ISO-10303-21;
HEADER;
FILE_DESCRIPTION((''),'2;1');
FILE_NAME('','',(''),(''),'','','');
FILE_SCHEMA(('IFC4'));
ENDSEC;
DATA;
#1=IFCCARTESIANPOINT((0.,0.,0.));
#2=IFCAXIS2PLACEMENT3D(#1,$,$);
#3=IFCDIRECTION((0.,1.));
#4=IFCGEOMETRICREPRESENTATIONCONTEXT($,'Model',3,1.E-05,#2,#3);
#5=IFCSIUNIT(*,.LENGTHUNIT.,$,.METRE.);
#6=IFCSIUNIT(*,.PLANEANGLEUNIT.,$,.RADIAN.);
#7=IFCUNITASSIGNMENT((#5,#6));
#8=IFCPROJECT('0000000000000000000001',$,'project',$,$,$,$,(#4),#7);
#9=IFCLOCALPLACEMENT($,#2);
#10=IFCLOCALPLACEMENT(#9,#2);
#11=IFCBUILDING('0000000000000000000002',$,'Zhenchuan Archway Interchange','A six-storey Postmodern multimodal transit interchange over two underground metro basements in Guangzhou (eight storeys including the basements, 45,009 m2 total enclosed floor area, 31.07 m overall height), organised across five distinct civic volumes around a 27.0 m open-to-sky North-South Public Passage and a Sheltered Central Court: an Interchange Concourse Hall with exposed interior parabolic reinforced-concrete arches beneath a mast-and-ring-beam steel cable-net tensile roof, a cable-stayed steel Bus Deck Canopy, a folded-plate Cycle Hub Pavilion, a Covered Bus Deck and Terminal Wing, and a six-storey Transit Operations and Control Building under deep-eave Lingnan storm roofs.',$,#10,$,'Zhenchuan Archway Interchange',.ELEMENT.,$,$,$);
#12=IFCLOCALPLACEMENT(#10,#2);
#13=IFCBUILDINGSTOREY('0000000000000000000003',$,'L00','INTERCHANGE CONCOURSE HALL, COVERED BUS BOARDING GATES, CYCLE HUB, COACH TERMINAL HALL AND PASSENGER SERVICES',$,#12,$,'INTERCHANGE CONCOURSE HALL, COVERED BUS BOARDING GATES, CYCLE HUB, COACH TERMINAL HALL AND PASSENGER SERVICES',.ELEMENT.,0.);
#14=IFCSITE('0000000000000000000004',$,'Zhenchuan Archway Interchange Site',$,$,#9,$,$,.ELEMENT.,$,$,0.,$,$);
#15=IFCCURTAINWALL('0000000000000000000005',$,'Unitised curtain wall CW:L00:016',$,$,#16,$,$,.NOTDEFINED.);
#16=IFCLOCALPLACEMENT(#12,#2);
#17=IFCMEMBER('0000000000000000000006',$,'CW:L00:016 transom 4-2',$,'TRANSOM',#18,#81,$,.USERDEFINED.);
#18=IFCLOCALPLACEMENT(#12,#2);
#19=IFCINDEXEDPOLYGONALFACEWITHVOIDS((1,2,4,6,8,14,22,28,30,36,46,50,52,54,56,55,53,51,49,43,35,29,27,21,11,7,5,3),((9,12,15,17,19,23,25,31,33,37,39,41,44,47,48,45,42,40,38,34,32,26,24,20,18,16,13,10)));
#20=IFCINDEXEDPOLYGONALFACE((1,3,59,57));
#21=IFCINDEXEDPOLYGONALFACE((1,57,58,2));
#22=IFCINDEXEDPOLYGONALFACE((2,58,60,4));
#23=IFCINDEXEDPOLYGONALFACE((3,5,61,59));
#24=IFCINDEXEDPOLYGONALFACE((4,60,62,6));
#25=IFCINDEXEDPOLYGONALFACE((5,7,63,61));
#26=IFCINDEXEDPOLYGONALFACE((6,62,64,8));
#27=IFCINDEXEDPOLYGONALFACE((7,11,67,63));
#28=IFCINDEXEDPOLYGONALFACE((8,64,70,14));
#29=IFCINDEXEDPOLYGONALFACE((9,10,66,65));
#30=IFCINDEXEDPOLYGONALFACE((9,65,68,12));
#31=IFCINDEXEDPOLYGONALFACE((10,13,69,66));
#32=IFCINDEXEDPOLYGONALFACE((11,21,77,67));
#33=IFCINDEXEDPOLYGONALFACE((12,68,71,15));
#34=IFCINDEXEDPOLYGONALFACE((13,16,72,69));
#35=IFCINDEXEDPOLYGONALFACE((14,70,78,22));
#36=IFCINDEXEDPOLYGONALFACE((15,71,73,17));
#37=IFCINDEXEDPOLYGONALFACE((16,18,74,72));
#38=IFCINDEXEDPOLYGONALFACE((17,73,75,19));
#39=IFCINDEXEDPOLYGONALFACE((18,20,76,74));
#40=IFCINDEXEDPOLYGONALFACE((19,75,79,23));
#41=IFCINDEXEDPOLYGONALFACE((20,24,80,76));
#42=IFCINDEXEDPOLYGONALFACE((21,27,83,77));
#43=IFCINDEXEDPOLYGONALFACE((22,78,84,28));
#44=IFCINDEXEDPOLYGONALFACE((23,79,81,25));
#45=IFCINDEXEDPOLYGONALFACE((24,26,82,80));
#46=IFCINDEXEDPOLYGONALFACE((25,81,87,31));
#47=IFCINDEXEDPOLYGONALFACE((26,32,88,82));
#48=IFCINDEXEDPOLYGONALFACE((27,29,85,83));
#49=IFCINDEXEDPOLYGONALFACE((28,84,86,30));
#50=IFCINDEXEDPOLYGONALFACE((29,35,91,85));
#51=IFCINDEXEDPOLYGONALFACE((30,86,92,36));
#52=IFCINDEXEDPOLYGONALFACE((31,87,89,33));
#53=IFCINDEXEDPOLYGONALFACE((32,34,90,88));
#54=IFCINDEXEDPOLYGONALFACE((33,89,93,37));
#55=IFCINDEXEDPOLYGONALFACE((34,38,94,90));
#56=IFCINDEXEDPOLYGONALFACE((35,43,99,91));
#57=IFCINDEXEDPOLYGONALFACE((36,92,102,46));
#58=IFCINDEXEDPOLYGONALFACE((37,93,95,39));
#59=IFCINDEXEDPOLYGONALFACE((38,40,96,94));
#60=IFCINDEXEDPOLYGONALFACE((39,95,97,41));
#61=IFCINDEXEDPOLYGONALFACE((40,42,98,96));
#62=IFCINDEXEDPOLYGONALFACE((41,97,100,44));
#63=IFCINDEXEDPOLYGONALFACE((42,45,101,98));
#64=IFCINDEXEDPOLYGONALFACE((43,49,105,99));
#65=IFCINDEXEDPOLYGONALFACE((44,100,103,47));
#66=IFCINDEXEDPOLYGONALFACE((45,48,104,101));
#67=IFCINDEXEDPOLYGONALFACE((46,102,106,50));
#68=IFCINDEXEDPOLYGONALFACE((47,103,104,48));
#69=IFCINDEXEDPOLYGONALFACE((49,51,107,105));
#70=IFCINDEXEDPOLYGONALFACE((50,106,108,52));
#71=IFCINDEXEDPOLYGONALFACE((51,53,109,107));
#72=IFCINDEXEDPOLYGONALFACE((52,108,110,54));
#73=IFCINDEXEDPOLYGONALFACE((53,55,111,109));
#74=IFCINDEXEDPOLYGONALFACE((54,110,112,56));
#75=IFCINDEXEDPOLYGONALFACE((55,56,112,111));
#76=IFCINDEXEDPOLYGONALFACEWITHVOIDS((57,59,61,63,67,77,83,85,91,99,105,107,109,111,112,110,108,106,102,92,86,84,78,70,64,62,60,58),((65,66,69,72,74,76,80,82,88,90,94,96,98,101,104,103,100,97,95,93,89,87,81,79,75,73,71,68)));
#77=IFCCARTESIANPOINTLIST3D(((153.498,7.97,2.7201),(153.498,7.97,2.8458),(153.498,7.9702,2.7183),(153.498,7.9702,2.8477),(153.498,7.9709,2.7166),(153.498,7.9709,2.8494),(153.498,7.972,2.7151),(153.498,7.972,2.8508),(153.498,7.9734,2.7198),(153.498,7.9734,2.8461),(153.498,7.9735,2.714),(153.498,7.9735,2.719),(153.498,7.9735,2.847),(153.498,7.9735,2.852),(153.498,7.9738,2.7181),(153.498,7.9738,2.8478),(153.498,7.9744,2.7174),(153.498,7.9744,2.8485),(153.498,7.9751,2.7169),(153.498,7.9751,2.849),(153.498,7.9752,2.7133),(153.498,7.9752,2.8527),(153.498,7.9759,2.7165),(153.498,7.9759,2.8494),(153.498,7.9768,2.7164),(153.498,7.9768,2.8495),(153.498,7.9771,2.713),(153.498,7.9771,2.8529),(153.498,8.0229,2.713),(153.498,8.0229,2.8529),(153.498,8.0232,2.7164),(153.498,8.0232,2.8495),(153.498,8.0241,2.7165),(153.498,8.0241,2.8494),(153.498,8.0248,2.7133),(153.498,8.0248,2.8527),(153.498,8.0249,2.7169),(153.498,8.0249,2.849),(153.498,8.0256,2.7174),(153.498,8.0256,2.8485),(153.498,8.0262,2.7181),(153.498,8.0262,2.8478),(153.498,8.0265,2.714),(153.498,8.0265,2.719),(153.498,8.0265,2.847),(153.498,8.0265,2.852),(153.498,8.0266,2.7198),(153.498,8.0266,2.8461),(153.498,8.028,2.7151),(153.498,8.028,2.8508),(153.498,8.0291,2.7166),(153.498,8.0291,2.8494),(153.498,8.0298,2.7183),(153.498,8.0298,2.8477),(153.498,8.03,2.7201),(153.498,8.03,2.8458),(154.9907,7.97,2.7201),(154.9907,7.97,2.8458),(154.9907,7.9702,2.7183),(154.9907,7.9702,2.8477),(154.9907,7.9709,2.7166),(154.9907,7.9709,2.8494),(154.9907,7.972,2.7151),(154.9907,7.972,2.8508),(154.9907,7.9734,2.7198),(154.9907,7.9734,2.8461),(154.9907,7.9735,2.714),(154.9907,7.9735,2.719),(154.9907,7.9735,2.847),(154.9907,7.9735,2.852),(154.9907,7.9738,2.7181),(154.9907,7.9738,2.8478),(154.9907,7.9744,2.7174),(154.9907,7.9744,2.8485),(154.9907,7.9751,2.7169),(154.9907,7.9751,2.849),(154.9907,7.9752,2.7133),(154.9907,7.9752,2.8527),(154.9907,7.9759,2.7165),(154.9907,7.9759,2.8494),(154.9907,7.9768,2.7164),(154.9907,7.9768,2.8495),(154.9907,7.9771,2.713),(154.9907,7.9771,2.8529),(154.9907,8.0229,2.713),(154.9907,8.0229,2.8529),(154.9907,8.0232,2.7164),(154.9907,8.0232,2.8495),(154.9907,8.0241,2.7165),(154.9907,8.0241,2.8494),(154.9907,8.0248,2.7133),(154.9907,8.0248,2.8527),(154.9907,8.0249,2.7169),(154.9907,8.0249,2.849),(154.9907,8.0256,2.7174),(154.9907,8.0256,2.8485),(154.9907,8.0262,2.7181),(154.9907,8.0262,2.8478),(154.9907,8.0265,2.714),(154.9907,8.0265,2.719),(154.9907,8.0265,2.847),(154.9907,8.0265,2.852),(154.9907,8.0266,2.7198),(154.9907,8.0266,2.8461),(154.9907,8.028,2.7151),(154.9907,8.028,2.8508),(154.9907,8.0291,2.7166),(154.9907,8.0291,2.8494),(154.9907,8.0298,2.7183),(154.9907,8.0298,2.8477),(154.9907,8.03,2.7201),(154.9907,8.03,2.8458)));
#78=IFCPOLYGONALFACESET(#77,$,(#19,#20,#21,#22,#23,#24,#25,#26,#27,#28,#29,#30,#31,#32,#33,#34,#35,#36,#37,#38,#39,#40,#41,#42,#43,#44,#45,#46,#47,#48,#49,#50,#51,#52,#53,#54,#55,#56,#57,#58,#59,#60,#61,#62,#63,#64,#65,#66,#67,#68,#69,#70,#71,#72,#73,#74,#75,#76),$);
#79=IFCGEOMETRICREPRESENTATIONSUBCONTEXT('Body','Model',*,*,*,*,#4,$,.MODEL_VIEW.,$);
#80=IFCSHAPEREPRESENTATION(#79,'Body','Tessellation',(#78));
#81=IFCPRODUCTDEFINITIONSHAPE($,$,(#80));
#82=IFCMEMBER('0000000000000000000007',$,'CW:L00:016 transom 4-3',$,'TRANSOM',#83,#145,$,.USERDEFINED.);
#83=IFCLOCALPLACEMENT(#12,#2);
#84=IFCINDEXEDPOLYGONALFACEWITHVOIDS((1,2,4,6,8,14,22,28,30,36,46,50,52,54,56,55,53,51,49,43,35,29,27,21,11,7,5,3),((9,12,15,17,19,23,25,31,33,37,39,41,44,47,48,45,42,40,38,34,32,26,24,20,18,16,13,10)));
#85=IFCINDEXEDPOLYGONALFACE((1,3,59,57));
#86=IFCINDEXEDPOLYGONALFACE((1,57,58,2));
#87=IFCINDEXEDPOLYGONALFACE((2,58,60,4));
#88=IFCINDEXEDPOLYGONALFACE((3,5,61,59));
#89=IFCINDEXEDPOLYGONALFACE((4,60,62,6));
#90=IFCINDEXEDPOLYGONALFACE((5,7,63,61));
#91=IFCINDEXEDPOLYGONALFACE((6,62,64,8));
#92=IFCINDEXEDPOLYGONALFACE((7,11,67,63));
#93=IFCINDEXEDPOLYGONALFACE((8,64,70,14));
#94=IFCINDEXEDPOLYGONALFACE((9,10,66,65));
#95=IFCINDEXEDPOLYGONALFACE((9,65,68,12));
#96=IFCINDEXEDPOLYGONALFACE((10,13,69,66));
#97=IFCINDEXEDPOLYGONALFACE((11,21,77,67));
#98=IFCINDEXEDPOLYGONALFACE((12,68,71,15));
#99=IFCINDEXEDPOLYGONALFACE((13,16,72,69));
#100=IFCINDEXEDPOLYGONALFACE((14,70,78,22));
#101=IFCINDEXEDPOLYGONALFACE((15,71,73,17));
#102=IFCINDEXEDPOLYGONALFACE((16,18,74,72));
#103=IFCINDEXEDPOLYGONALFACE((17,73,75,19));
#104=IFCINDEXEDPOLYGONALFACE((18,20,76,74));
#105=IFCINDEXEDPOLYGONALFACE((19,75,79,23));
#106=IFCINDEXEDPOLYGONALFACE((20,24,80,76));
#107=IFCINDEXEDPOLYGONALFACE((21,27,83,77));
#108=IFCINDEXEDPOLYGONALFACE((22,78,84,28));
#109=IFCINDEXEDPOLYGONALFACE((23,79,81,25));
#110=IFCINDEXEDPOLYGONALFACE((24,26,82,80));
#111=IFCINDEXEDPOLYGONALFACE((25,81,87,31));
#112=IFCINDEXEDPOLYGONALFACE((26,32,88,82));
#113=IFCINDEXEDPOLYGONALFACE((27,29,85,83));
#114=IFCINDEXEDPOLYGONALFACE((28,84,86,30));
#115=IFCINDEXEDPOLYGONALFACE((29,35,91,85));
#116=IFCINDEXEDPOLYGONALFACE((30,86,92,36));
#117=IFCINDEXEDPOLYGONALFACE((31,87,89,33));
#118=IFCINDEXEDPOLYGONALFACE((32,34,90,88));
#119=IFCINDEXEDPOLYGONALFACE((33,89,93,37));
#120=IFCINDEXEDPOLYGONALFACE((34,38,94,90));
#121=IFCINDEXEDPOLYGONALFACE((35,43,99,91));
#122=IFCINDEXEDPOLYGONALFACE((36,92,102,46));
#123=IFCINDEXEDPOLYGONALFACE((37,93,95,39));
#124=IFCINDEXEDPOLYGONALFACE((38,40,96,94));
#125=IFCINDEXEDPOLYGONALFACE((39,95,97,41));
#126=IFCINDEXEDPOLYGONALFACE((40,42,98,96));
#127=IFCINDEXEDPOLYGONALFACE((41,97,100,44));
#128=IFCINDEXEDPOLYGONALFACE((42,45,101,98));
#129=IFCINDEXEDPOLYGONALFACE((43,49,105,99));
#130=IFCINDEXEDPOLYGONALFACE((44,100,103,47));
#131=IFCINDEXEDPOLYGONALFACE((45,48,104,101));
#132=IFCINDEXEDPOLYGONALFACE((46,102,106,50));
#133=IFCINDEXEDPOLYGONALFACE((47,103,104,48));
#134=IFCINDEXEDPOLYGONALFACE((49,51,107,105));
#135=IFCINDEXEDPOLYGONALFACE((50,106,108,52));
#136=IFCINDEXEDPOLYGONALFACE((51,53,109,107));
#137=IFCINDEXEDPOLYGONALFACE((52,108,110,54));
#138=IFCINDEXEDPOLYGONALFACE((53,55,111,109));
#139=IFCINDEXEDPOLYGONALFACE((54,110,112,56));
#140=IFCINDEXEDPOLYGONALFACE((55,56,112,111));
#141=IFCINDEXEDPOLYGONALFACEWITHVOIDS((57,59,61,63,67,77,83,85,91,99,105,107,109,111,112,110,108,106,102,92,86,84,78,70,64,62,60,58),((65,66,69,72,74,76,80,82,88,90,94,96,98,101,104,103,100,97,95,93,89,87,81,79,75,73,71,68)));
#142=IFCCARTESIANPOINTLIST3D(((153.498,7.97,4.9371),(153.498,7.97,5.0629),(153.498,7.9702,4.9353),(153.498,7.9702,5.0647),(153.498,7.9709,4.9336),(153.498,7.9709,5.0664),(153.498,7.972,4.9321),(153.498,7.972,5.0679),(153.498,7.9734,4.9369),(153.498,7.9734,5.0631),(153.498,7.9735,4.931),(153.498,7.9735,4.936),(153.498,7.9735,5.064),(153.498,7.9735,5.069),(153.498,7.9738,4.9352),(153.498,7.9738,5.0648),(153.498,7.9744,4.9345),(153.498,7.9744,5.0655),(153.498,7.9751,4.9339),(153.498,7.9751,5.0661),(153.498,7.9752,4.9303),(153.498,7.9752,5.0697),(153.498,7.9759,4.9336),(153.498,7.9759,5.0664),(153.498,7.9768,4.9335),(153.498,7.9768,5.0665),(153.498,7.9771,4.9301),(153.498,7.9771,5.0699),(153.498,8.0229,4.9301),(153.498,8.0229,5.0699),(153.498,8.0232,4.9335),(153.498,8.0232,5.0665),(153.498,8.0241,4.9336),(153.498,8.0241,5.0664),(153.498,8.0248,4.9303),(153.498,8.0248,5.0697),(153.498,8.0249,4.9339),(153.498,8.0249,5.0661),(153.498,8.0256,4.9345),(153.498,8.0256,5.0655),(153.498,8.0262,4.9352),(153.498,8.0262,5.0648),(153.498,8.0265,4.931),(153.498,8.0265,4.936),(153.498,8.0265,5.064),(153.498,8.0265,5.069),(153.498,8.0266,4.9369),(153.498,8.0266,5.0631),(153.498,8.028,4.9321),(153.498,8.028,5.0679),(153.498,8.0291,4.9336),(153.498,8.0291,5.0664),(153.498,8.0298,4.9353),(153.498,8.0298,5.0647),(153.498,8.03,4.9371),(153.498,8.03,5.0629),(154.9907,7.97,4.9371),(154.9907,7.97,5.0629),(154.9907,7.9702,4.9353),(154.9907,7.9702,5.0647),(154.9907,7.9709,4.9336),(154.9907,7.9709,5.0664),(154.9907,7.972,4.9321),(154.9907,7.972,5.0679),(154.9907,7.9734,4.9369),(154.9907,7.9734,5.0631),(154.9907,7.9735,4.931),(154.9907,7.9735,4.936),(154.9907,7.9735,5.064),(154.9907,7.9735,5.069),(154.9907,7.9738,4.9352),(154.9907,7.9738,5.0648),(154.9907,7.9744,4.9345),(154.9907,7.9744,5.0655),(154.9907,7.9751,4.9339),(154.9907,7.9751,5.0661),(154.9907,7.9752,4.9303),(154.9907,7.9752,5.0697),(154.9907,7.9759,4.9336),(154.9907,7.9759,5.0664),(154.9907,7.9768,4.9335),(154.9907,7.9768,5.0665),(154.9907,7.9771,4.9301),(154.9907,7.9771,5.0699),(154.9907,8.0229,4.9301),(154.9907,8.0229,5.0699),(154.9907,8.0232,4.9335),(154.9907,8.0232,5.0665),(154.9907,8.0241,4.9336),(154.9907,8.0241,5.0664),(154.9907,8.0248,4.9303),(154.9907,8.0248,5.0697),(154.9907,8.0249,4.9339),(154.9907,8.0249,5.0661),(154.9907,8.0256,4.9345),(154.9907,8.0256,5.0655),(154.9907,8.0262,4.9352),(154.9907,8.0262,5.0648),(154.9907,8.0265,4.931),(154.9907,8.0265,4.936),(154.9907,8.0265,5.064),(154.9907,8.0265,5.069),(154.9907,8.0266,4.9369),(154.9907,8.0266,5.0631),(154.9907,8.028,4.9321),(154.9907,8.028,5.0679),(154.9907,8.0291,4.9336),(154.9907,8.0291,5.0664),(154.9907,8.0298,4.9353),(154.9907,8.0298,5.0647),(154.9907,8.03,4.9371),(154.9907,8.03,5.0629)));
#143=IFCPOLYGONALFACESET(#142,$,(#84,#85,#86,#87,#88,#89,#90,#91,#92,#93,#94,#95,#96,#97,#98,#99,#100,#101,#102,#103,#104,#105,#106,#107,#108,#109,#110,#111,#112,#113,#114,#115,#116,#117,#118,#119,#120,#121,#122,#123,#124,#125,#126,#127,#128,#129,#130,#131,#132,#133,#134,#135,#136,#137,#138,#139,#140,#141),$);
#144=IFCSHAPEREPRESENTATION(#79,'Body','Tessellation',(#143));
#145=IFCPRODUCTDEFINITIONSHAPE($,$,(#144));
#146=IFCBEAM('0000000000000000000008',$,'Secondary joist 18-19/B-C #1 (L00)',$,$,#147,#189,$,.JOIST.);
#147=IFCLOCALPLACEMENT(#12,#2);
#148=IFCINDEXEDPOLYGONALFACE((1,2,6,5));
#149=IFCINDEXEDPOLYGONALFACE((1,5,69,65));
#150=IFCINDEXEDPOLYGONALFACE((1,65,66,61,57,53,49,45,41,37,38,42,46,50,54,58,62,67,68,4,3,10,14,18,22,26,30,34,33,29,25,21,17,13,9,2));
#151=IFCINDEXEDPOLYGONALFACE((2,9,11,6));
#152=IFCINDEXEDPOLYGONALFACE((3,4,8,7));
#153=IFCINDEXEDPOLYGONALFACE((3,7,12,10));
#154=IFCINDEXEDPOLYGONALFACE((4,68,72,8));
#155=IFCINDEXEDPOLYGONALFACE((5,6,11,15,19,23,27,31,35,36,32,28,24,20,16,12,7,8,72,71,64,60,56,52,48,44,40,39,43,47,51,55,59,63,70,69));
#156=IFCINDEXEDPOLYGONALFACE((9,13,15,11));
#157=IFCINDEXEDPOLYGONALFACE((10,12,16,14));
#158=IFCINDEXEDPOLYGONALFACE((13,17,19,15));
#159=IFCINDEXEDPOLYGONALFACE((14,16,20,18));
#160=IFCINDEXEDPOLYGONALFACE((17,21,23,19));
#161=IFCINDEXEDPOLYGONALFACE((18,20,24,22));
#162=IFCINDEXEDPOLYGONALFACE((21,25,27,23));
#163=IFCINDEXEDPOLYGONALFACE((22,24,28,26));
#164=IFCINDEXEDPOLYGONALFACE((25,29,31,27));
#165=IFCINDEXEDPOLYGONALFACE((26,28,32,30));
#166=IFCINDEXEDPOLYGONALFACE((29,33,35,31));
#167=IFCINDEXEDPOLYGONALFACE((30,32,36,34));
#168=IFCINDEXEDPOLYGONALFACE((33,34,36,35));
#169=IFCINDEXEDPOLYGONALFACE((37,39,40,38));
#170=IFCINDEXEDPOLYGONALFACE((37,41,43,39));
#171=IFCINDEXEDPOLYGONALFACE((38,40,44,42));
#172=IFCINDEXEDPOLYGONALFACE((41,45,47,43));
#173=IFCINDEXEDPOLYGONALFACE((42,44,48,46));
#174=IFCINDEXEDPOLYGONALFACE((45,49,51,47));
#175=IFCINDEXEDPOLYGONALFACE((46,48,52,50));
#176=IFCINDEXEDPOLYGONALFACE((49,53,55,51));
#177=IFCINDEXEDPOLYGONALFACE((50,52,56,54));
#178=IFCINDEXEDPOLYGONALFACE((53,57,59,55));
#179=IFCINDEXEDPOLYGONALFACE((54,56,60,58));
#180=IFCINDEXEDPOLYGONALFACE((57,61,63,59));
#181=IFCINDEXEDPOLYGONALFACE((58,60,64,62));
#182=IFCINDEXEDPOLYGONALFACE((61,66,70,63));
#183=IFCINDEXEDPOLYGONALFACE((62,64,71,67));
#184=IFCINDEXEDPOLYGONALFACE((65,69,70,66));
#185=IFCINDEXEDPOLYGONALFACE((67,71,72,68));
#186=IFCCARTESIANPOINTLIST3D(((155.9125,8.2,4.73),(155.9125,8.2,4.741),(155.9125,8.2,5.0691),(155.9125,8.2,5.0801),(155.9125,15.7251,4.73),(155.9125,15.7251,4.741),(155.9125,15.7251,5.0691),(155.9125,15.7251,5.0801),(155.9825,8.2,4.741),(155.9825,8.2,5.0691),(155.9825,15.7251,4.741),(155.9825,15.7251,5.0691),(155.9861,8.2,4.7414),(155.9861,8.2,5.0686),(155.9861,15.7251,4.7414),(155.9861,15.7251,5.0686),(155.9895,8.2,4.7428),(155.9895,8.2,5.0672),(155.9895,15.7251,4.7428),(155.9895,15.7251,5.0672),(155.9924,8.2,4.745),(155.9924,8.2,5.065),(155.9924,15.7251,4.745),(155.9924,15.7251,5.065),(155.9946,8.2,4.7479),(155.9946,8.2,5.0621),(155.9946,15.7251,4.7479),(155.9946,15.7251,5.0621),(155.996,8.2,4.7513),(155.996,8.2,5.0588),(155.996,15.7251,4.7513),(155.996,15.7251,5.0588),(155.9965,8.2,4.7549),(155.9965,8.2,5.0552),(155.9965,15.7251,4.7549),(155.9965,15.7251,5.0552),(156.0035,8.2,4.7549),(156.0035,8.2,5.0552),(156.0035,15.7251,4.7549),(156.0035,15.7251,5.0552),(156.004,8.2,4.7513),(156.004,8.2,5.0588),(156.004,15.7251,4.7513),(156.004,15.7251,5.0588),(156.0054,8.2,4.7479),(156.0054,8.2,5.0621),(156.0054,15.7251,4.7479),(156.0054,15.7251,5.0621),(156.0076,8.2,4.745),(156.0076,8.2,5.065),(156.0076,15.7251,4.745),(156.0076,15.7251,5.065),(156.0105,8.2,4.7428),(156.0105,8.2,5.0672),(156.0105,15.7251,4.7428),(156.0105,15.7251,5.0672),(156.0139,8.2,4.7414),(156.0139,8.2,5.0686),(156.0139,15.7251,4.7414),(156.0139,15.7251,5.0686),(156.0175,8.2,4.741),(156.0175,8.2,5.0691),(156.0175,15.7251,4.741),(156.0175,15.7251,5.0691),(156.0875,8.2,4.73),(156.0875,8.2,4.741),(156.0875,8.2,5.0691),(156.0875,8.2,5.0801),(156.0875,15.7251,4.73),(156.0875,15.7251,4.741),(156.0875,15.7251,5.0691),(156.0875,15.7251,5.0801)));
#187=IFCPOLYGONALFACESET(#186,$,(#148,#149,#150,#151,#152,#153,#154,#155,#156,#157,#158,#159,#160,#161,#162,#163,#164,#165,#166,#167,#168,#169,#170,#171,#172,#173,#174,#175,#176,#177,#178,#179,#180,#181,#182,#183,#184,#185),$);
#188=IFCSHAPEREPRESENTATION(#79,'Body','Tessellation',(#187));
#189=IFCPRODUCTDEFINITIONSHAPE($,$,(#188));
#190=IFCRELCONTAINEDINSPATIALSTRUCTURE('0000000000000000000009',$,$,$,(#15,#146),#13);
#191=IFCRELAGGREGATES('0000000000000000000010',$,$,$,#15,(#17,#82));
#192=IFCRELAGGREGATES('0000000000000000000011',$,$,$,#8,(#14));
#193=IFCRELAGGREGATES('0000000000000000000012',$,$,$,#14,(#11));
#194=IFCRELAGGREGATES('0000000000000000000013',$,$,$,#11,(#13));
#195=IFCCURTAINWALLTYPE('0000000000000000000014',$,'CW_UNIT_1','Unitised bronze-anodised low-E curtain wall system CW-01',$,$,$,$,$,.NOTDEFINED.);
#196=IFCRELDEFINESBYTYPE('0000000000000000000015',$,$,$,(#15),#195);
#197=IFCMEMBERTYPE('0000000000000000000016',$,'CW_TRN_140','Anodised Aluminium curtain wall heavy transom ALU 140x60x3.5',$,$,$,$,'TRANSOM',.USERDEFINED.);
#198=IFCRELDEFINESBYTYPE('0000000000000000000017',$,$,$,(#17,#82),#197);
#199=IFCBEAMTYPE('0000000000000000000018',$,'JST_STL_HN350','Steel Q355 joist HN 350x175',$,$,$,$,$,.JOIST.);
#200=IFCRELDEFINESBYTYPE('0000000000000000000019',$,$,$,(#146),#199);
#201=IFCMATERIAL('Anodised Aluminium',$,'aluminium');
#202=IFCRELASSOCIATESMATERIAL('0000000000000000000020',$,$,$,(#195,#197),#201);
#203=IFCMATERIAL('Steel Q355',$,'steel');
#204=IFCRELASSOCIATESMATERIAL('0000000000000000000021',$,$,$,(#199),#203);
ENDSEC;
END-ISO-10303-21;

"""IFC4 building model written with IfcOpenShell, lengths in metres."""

from ifc_helpers import new_model, si_unit, direction, frame, origin, origin_2d, place, context, subcontext, project, spatial, hollow_rectangle, i_section, extrude, material, material_profile, profile_set, type_object, element, aggregate, save


model = new_model("IFC4")

# Units and contexts
model_context = context("Model", 3, precision=1e-05, world=origin(), true_north=direction((0.0, 1.0)))
body_context = subcontext(model_context, "Body", "Model", "MODEL_VIEW")
ifc_project = project(units=[si_unit("LENGTHUNIT", "METRE"), si_unit("PLANEANGLEUNIT", "RADIAN")], contexts=[model_context])

# Site, building, storey
site_placement = place(None, origin())
site = spatial("IfcSite", under=ifc_project, at=site_placement, Name="Zhenchuan Archway Interchange Site", CompositionType="ELEMENT", RefElevation=0.0)
building_placement = place(site_placement, origin())
building = spatial("IfcBuilding", under=site, at=building_placement, Name="Zhenchuan Archway Interchange", Description="A six-storey Postmodern multimodal transit interchange over two underground metro basements in Guangzhou (eight storeys including the basements, 45,009 m2 total enclosed floor area, 31.07 m overall height), organised across five distinct civic volumes around a 27.0 m open-to-sky North-South Public Passage and a Sheltered Central Court: an Interchange Concourse Hall with exposed interior parabolic reinforced-concrete arches beneath a mast-and-ring-beam steel cable-net tensile roof, a cable-stayed steel Bus Deck Canopy, a folded-plate Cycle Hub Pavilion, a Covered Bus Deck and Terminal Wing, and a six-storey Transit Operations and Control Building under deep-eave Lingnan storm roofs.", LongName="Zhenchuan Archway Interchange", CompositionType="ELEMENT")
storey_placement = place(building_placement, origin())
storey = spatial("IfcBuildingStorey", under=building, at=storey_placement, Name="L00", Description="INTERCHANGE CONCOURSE HALL, COVERED BUS BOARDING GATES, CYCLE HUB, COACH TERMINAL HALL AND PASSENGER SERVICES", LongName="INTERCHANGE CONCOURSE HALL, COVERED BUS BOARDING GATES, CYCLE HUB, COACH TERMINAL HALL AND PASSENGER SERVICES", CompositionType="ELEMENT", Elevation=0.0)

# Curtain wall, members
ifc_material_1 = material(Name="Anodised Aluminium", Category="aluminium")
curtain_wall_type = type_object("IfcCurtainWallType", Name="CW_UNIT_1", Description="Unitised bronze-anodised low-E curtain wall system CW-01", PredefinedType="NOTDEFINED", material=ifc_material_1)
curtain_wall_placement = place(storey_placement, origin())
curtain_wall = element("IfcCurtainWall", 1, at=curtain_wall_placement, inside=storey, type_object=curtain_wall_type, Name="Unitised curtain wall CW:L00:016", PredefinedType="NOTDEFINED")
ifc_material_profile_1 = material_profile(ifc_material_1, hollow_rectangle(XDim=0.0601, YDim=0.1399, WallThickness=0.0034, InnerFilletRadius=0.0034, OuterFilletRadius=0.0071, at=origin_2d()), Name="ALU 140x60x3.5")
ifc_profile_set_1 = profile_set([ifc_material_profile_1], Name="Anodised Aluminium")
member_type_1 = type_object("IfcMemberType", Name="CW_TRN_140", Description="Anodised Aluminium curtain wall heavy transom ALU 140x60x3.5", ElementType="TRANSOM", PredefinedType="USERDEFINED", material=ifc_profile_set_1)
member_1_placement = place(storey_placement, frame((154.9907, 8.0, 2.783), z_axis=(-1.0, 0.0, 0.0), x_axis=(0.0, -1.0, 0.0)))
member_1 = element("IfcMember", 2, at=member_1_placement, type_object=member_type_1, Name="CW:L00:016 transom 4-2", ObjectType="TRANSOM", PredefinedType="USERDEFINED", context=body_context, shape_type="SweptSolid", body=[
    extrude(hollow_rectangle(XDim=0.0601, YDim=0.1399, WallThickness=0.0034, InnerFilletRadius=0.0034, OuterFilletRadius=0.0071, at=origin_2d()), origin(), (0.0, 0.0, 1.0), 1.4927),
])
member_2_placement = place(storey_placement, frame((154.9907, 8.0, 5.0), z_axis=(-1.0, 0.0, 0.0), x_axis=(0.0, -1.0, 0.0)))
member_2 = element("IfcMember", 3, at=member_2_placement, type_object=member_type_1, Name="CW:L00:016 transom 4-3", ObjectType="TRANSOM", PredefinedType="USERDEFINED", context=body_context, shape_type="SweptSolid", body=[
    extrude(hollow_rectangle(XDim=0.0601, YDim=0.1399, WallThickness=0.0034, InnerFilletRadius=0.0034, OuterFilletRadius=0.0071, at=origin_2d()), origin(), (0.0, 0.0, 1.0), 1.4927),
])

# Beam
ifc_material_2 = material(Name="Steel Q355", Category="steel")
ifc_material_profile_2 = material_profile(ifc_material_2, i_section(OverallWidth=0.175, OverallDepth=0.3501, WebThickness=0.0071, FlangeThickness=0.011, FilletRadius=0.0139, at=origin_2d()), Name="HN 350x175")
ifc_profile_set_2 = profile_set([ifc_material_profile_2], Name="Steel Q355")
beam_type = type_object("IfcBeamType", Name="JST_STL_HN350", Description="Steel Q355 joist HN 350x175", PredefinedType="JOIST", material=ifc_profile_set_2)
beam_placement = place(storey_placement, frame((156.0, 8.2, 4.905), z_axis=(0.0, 1.0, 0.0), x_axis=(-1.0, 0.0, 0.0)))
element("IfcBeam", 4, at=beam_placement, inside=storey, type_object=beam_type, Name="Secondary joist 18-19/B-C #1 (L00)", PredefinedType="JOIST", context=body_context, shape_type="SweptSolid", body=[
    extrude(i_section(OverallWidth=0.175, OverallDepth=0.3501, WebThickness=0.0071, FlangeThickness=0.011, FilletRadius=0.0139, at=origin_2d()), origin(), (0.0, 0.0, 1.0), 7.5251),
])

aggregate(curtain_wall, [member_1, member_2])

save(model, "model.ifc")
